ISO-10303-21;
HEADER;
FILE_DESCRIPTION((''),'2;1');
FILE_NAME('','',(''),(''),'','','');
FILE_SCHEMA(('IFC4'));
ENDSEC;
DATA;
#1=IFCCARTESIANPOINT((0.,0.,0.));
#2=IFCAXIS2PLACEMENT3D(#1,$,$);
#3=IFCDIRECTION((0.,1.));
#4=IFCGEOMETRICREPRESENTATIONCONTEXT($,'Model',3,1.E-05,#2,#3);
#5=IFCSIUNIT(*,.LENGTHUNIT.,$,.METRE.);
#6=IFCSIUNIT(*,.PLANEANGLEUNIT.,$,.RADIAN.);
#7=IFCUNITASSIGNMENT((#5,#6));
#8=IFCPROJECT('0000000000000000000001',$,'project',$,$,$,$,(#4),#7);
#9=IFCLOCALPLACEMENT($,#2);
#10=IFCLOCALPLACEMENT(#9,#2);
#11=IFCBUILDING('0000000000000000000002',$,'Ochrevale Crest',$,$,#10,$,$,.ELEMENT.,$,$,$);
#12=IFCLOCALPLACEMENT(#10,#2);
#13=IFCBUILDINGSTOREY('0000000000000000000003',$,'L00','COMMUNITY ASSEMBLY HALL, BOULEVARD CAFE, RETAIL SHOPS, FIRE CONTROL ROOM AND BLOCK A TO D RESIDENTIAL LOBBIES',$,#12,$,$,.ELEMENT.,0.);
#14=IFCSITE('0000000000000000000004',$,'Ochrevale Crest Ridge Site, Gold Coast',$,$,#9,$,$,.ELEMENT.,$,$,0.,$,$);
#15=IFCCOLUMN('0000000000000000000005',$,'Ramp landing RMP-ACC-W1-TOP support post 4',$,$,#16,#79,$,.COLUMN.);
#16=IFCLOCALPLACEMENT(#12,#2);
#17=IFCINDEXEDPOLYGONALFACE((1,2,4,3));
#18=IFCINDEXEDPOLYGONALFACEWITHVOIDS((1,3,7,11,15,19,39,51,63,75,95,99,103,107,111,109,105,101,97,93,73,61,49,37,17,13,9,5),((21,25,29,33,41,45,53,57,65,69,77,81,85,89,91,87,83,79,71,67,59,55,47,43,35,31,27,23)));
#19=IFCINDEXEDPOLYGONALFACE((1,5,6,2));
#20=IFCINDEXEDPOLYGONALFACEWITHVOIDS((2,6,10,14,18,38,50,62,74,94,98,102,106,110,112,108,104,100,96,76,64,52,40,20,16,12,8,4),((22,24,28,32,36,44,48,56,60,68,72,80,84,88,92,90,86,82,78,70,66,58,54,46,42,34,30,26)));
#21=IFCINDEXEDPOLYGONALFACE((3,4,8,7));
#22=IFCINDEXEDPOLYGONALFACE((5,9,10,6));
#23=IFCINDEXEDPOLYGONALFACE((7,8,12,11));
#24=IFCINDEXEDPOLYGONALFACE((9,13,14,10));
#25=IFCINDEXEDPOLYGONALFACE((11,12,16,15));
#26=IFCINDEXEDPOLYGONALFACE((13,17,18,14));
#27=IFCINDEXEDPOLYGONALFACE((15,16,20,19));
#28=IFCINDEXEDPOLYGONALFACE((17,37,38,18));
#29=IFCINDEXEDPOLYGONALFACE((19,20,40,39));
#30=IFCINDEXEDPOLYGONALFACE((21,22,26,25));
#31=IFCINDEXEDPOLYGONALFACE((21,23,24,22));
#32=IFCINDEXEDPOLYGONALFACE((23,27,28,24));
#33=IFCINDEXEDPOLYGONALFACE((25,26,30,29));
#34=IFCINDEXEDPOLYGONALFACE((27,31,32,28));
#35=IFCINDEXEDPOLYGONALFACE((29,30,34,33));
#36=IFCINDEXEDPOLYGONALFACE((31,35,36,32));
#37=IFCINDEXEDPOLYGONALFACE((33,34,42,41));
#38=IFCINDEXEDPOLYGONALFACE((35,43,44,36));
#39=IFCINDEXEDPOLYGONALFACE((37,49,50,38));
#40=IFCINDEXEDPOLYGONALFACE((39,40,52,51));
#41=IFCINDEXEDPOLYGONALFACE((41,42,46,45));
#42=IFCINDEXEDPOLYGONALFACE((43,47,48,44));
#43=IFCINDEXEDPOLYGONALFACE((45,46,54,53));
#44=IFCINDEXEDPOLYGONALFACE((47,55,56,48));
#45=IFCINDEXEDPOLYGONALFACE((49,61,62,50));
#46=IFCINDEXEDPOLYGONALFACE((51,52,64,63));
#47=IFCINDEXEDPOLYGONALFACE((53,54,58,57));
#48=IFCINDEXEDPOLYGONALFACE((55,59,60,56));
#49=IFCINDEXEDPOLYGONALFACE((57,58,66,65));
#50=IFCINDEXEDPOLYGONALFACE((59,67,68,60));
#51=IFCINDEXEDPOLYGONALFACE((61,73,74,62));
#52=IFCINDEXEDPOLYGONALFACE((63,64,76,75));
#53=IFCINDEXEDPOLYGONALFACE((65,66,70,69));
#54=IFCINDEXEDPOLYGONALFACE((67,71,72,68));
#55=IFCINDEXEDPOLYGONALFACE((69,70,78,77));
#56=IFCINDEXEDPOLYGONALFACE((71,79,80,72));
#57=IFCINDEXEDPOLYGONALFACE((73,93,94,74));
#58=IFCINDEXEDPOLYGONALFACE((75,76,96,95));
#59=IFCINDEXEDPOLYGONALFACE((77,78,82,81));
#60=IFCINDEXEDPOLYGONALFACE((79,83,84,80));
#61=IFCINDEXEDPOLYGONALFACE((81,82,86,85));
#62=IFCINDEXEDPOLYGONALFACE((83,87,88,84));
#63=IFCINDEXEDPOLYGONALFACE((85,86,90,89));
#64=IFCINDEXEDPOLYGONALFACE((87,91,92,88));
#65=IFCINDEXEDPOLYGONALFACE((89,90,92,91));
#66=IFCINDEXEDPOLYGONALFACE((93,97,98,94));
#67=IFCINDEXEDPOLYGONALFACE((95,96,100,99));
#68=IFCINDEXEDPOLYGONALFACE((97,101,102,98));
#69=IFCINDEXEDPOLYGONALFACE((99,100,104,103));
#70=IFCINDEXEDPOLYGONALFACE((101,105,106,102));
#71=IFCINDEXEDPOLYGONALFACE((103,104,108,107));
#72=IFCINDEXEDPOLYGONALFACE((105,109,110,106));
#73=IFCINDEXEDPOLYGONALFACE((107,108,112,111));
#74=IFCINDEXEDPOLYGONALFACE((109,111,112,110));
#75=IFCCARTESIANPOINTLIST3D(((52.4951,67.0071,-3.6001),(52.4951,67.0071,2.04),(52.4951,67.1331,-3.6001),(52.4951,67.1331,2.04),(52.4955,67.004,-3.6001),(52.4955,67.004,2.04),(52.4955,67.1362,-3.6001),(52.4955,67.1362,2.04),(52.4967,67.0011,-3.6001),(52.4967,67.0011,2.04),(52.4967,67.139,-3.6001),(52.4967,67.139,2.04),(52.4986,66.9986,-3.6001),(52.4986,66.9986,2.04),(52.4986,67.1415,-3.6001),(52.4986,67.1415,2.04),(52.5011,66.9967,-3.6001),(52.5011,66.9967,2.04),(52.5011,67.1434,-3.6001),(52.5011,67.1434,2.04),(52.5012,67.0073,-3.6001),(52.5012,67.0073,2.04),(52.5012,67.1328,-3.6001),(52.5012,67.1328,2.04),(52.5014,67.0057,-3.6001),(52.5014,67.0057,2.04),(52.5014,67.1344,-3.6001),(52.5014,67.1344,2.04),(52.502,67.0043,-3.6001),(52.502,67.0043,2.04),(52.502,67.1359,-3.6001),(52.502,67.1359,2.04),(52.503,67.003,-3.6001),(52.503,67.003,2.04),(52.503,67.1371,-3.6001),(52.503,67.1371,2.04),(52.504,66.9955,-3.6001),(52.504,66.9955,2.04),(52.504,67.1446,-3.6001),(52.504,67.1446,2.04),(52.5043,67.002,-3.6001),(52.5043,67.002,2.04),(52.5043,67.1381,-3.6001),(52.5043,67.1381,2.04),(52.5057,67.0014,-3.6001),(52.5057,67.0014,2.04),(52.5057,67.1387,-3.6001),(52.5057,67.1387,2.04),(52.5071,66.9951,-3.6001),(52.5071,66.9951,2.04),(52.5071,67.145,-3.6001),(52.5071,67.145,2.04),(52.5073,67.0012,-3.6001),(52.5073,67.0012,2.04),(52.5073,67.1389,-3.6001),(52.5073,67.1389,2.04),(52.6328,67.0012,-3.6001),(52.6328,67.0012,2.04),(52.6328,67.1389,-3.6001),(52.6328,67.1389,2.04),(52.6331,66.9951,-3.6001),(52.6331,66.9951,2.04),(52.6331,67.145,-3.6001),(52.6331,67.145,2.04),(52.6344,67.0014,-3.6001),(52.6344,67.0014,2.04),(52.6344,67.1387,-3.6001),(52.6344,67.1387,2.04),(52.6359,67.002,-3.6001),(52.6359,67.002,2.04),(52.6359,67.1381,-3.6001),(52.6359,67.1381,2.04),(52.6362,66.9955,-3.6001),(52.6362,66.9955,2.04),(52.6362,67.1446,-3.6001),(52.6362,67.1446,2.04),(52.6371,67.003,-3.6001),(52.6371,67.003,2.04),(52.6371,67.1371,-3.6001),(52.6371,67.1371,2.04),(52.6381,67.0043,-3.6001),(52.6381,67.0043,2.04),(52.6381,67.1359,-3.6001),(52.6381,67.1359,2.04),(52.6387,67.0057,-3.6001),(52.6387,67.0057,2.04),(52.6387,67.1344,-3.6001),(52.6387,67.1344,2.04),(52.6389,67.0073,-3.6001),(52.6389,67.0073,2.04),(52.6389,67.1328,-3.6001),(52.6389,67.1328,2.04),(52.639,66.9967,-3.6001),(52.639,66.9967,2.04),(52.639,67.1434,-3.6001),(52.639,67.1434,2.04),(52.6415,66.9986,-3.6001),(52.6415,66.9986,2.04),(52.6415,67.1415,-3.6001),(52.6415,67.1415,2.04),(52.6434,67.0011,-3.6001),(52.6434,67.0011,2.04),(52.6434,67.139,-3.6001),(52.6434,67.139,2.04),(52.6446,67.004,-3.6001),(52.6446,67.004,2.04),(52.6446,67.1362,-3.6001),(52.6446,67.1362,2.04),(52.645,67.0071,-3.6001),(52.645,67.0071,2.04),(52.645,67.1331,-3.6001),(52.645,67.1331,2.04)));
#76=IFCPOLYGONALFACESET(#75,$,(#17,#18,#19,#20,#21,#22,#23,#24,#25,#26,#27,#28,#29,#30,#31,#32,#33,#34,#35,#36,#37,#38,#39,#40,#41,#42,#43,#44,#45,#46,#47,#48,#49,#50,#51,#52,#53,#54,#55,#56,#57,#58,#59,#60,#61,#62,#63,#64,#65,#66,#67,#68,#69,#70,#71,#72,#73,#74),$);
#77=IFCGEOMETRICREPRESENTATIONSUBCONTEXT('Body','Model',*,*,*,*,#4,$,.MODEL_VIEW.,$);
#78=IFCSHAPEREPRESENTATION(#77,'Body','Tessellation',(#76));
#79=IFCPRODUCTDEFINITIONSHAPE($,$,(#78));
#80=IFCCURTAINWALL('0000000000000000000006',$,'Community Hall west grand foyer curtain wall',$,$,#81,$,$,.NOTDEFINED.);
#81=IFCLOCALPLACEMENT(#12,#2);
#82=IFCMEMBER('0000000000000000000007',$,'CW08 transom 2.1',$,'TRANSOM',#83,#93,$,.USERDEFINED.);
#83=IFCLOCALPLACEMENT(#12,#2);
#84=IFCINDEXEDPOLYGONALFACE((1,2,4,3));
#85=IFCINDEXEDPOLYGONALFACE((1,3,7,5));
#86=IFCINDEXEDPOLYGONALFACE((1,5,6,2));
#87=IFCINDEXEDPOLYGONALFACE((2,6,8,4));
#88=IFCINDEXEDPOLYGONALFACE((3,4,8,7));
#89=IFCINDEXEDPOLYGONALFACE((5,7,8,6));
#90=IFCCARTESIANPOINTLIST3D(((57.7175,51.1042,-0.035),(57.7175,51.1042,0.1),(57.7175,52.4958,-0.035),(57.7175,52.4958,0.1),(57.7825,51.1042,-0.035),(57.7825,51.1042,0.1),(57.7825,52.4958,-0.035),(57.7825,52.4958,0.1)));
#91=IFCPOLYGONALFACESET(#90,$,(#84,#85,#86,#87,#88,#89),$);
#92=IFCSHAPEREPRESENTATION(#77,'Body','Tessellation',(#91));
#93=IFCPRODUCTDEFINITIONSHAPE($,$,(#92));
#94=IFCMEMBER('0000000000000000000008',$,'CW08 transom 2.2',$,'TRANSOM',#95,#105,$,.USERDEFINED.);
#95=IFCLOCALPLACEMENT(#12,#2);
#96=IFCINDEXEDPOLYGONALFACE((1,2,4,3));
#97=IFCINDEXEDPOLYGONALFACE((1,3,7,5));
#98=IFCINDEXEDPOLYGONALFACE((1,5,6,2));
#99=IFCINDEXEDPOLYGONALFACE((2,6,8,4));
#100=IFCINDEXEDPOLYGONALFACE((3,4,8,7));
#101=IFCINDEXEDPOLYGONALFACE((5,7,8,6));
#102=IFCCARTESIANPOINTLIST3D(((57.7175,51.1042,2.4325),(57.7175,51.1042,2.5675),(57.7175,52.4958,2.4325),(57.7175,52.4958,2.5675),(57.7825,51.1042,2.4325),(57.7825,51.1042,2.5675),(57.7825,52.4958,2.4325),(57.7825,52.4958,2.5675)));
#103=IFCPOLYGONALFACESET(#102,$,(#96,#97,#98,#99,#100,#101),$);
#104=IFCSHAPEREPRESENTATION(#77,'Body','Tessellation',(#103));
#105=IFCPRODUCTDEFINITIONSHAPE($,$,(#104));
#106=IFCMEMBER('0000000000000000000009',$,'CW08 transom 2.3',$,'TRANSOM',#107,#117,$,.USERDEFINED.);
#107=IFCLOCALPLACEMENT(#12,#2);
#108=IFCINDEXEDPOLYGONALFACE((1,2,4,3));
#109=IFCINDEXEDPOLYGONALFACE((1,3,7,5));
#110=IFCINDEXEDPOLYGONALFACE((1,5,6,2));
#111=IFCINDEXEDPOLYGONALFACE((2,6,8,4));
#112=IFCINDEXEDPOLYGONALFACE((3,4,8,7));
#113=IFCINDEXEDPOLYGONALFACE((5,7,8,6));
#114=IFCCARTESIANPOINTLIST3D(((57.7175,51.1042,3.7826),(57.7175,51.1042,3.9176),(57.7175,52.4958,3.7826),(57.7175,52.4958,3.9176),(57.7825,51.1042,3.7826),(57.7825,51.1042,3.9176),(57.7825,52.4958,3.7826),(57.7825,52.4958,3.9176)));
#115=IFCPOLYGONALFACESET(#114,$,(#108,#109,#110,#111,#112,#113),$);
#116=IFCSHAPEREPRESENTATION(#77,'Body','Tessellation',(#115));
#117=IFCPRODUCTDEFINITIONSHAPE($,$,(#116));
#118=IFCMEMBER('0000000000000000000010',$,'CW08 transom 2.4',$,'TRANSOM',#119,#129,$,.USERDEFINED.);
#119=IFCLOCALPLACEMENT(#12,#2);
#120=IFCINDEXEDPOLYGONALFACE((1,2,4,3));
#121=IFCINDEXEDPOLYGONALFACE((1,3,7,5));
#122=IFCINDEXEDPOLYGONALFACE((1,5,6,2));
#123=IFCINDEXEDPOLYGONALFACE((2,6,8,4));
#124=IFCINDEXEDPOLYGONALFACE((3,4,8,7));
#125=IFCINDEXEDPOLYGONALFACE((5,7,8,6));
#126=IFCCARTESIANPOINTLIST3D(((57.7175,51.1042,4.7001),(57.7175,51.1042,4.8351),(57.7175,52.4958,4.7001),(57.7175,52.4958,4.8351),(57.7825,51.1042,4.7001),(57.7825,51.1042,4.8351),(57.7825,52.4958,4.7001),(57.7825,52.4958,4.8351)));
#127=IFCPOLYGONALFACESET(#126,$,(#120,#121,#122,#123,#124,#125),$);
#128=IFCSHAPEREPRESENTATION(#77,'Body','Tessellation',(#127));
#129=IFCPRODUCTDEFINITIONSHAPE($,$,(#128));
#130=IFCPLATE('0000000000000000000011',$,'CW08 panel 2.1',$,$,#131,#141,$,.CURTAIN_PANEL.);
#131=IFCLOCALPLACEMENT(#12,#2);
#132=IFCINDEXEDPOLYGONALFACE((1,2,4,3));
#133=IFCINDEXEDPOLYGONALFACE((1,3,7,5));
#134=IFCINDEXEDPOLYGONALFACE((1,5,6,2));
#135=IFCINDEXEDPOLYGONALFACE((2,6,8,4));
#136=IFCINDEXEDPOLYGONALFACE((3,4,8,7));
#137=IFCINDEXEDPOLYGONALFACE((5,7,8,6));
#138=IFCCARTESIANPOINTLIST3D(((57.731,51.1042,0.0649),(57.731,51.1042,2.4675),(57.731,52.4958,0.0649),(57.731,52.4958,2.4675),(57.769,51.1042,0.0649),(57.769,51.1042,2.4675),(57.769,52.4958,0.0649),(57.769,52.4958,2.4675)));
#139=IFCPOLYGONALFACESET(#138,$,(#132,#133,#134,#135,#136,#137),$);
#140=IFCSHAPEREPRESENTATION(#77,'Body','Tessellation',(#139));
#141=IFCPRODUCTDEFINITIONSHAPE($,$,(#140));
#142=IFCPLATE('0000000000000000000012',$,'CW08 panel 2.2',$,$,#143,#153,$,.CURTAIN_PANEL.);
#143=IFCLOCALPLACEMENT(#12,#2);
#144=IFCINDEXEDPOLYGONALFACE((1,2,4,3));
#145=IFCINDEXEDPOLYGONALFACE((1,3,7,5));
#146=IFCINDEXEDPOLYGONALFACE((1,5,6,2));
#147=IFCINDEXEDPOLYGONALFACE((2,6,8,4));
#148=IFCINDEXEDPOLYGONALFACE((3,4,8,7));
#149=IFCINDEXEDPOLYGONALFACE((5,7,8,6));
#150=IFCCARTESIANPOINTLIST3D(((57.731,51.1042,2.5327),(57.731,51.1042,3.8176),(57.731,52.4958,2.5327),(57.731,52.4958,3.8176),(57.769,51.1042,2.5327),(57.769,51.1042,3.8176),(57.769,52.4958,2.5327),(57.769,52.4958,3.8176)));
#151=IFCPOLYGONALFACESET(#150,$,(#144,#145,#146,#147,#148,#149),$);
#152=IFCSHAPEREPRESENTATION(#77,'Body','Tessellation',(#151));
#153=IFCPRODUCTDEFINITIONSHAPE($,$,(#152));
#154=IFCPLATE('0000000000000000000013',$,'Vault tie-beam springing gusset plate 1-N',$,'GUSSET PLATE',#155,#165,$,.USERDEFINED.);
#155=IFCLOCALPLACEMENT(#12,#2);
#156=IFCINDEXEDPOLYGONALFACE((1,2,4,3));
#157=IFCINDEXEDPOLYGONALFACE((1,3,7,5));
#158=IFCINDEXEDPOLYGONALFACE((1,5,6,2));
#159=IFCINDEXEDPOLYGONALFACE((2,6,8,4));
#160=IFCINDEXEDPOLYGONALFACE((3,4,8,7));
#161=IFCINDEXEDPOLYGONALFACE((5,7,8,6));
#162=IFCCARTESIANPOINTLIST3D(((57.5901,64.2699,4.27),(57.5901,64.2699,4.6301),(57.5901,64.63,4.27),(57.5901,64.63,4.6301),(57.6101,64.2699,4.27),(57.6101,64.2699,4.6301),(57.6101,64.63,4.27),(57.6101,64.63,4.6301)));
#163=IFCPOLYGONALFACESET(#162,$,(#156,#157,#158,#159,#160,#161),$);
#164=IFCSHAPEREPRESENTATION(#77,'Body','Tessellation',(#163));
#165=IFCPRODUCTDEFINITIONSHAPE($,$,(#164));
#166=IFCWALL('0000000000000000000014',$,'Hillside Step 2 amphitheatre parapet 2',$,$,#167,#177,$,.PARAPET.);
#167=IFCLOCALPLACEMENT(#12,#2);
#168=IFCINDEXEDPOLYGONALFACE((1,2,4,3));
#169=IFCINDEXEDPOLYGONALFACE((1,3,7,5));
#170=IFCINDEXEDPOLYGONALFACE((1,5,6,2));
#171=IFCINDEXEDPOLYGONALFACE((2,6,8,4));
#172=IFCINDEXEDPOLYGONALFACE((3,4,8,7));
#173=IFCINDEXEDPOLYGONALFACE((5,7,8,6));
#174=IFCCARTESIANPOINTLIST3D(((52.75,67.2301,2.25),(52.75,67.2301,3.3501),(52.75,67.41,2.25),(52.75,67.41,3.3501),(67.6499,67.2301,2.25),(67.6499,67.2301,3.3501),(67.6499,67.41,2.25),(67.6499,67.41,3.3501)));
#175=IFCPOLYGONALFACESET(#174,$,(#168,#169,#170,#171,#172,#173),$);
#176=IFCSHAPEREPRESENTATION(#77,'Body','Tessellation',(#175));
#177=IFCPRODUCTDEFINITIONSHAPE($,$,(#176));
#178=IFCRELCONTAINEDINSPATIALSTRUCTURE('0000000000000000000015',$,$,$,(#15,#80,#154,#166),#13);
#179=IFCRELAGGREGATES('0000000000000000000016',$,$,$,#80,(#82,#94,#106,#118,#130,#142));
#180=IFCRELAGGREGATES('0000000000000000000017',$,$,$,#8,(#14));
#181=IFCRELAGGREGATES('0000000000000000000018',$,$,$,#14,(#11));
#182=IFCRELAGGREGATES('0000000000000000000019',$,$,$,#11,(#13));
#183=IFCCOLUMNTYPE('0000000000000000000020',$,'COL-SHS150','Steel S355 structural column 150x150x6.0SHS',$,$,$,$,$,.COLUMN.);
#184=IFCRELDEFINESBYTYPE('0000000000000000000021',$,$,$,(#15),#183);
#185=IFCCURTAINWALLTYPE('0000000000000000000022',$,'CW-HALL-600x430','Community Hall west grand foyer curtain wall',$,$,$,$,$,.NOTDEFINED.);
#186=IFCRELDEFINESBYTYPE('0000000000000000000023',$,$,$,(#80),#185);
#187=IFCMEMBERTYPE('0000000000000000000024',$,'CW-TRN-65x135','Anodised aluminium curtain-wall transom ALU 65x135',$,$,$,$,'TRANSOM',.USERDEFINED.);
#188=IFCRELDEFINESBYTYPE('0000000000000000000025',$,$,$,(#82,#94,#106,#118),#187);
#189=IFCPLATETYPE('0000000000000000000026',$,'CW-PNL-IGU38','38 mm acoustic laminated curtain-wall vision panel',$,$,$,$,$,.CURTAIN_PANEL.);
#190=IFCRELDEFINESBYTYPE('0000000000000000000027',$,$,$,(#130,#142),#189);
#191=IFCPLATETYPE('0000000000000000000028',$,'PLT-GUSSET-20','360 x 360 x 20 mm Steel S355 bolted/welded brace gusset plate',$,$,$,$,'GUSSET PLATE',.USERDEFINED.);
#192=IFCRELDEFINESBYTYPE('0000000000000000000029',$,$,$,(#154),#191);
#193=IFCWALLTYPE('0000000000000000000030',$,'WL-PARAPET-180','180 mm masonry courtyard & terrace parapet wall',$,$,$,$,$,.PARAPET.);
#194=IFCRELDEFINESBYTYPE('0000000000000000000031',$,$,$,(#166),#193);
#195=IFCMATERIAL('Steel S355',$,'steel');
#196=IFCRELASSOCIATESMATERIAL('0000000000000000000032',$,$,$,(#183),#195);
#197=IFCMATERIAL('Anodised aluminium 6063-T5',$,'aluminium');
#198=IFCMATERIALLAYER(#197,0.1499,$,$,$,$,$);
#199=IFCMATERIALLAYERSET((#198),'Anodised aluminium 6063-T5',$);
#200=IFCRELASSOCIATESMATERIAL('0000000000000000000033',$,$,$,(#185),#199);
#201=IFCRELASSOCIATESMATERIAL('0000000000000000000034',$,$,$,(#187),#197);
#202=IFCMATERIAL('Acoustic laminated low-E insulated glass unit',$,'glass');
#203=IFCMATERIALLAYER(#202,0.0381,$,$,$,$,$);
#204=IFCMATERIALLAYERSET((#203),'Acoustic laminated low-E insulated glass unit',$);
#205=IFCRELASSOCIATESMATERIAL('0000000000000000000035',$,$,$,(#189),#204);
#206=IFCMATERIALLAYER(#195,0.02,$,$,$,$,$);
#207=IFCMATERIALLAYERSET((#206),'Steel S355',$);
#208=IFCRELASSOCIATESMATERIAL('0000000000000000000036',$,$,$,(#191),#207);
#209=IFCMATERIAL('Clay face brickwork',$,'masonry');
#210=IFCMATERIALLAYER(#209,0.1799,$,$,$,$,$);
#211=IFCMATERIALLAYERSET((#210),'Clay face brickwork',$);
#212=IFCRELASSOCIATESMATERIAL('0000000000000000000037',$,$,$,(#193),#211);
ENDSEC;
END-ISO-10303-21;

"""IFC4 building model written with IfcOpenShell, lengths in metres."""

from ifc_helpers import new_model, si_unit, direction, frame, frame_2d, origin, origin_2d, place, context, subcontext, project, spatial, rectangle, hollow_rectangle, extrude, material, layer, layer_set, material_profile, profile_set, type_object, element, aggregate, save


model = new_model("IFC4")

# Units and contexts
model_context = context("Model", 3, precision=1e-05, world=origin(), true_north=direction((0.0, 1.0)))
body_context = subcontext(model_context, "Body", "Model", "MODEL_VIEW")
ifc_project = project(units=[si_unit("LENGTHUNIT", "METRE"), si_unit("PLANEANGLEUNIT", "RADIAN")], contexts=[model_context])

# Site, building, storey
site_placement = place(None, origin())
site = spatial("IfcSite", under=ifc_project, at=site_placement, Name="Ochrevale Crest Ridge Site, Gold Coast", CompositionType="ELEMENT", RefElevation=0.0)
building_placement = place(site_placement, origin())
building = spatial("IfcBuilding", under=site, at=building_placement, Name="Ochrevale Crest", CompositionType="ELEMENT")
storey_placement = place(building_placement, origin())
storey = spatial("IfcBuildingStorey", under=building, at=storey_placement, Name="L00", Description="COMMUNITY ASSEMBLY HALL, BOULEVARD CAFE, RETAIL SHOPS, FIRE CONTROL ROOM AND BLOCK A TO D RESIDENTIAL LOBBIES", CompositionType="ELEMENT", Elevation=0.0)

# Column
ifc_material_1 = material(Name="Steel S355", Category="steel")
ifc_material_profile_1 = material_profile(ifc_material_1, hollow_rectangle(XDim=0.1499, YDim=0.1499, WallThickness=0.0061, InnerFilletRadius=0.0061, OuterFilletRadius=0.012, at=origin_2d()), Name="150x150x6.0SHS")
ifc_profile_set_1 = profile_set([ifc_material_profile_1], Name="Steel S355")
column_type_1 = type_object("IfcColumnType", Name="COL-SHS150", Description="Steel S355 structural column 150x150x6.0SHS", PredefinedType="COLUMN", material=ifc_profile_set_1)
for number, where, z_axis, x_axis, name in (
    (1, (52.5701, 67.0701, -3.6001), (0.0, 0.0, 1.0), (1.0, 0.0, 0.0), "Ramp landing RMP-ACC-W1-TOP support post 4"),
):
    element("IfcColumn", number, at=place(storey_placement, frame(where, z_axis=z_axis, x_axis=x_axis)), inside=storey, type_object=column_type_1, Name=name, PredefinedType="COLUMN", context=body_context, shape_type="SweptSolid", body=[
        extrude(hollow_rectangle(XDim=0.1499, YDim=0.1499, WallThickness=0.0061, InnerFilletRadius=0.0061, OuterFilletRadius=0.012, at=origin_2d()), origin(), (0.0, 0.0, 1.0), 5.6401),
    ])

# Curtain wall, members, plates
ifc_material_2 = material(Name="Anodised aluminium 6063-T5", Category="aluminium")
ifc_layer_1 = layer(ifc_material_2, 0.1499)
ifc_layer_set_1 = layer_set([ifc_layer_1], Name="Anodised aluminium 6063-T5")
curtain_wall_type = type_object("IfcCurtainWallType", Name="CW-HALL-600x430", Description="Community Hall west grand foyer curtain wall", PredefinedType="NOTDEFINED", material=ifc_layer_set_1)
curtain_wall_placement = place(storey_placement, origin())
curtain_wall = element("IfcCurtainWall", 2, at=curtain_wall_placement, inside=storey, type_object=curtain_wall_type, Name="Community Hall west grand foyer curtain wall", PredefinedType="NOTDEFINED")
ifc_material_profile_2 = material_profile(ifc_material_2, rectangle(XDim=0.0649, YDim=0.135, at=origin_2d()), Name="ALU 65x135")
ifc_profile_set_2 = profile_set([ifc_material_profile_2], Name="Anodised aluminium 6063-T5")
member_type = type_object("IfcMemberType", Name="CW-TRN-65x135", Description="Anodised aluminium curtain-wall transom ALU 65x135", ElementType="TRANSOM", PredefinedType="USERDEFINED", material=ifc_profile_set_2)
member_1_placement = place(storey_placement, frame((57.75, 51.1042, 0.0325), z_axis=(0.0, 1.0, 0.0), x_axis=(-1.0, 0.0, 0.0)))
member_1 = element("IfcMember", 3, at=member_1_placement, type_object=member_type, Name="CW08 transom 2.1", ObjectType="TRANSOM", PredefinedType="USERDEFINED", context=body_context, shape_type="SweptSolid", body=[
    extrude(rectangle(XDim=0.0649, YDim=0.135, at=origin_2d()), origin(), (0.0, 0.0, 1.0), 1.3916),
])
member_2_placement = place(storey_placement, frame((57.75, 51.1042, 2.5), z_axis=(0.0, 1.0, 0.0), x_axis=(-1.0, 0.0, 0.0)))
member_2 = element("IfcMember", 4, at=member_2_placement, type_object=member_type, Name="CW08 transom 2.2", ObjectType="TRANSOM", PredefinedType="USERDEFINED", context=body_context, shape_type="SweptSolid", body=[
    extrude(rectangle(XDim=0.0649, YDim=0.135, at=origin_2d()), origin(), (0.0, 0.0, 1.0), 1.3916),
])
member_3_placement = place(storey_placement, frame((57.75, 51.1042, 3.8501), z_axis=(0.0, 1.0, 0.0), x_axis=(-1.0, 0.0, 0.0)))
member_3 = element("IfcMember", 5, at=member_3_placement, type_object=member_type, Name="CW08 transom 2.3", ObjectType="TRANSOM", PredefinedType="USERDEFINED", context=body_context, shape_type="SweptSolid", body=[
    extrude(rectangle(XDim=0.0649, YDim=0.135, at=origin_2d()), origin(), (0.0, 0.0, 1.0), 1.3916),
])
member_4_placement = place(storey_placement, frame((57.75, 51.1042, 4.7676), z_axis=(0.0, 1.0, 0.0), x_axis=(-1.0, 0.0, 0.0)))
member_4 = element("IfcMember", 6, at=member_4_placement, type_object=member_type, Name="CW08 transom 2.4", ObjectType="TRANSOM", PredefinedType="USERDEFINED", context=body_context, shape_type="SweptSolid", body=[
    extrude(rectangle(XDim=0.0649, YDim=0.135, at=origin_2d()), origin(), (0.0, 0.0, 1.0), 1.3916),
])
ifc_material_3 = material(Name="Acoustic laminated low-E insulated glass unit", Category="glass")
ifc_layer_2 = layer(ifc_material_3, 0.0381)
ifc_layer_set_2 = layer_set([ifc_layer_2], Name="Acoustic laminated low-E insulated glass unit")
plate_type_1 = type_object("IfcPlateType", Name="CW-PNL-IGU38", Description="38 mm acoustic laminated curtain-wall vision panel", PredefinedType="CURTAIN_PANEL", material=ifc_layer_set_2)
plate_1_placement = place(storey_placement, frame((57.75, 51.8, 0.0649), z_axis=(0.0, 0.0, 1.0), x_axis=(0.0, 1.0, 0.0)))
plate_1 = element("IfcPlate", 7, at=plate_1_placement, type_object=plate_type_1, Name="CW08 panel 2.1", PredefinedType="CURTAIN_PANEL", context=body_context, shape_type="SweptSolid", body=[
    extrude(rectangle(XDim=1.3916, YDim=0.0381, at=origin_2d()), origin(), (0.0, 0.0, 1.0), 2.4026),
])
plate_2_placement = place(storey_placement, frame((57.75, 51.8, 2.5327), z_axis=(0.0, 0.0, 1.0), x_axis=(0.0, 1.0, 0.0)))
plate_2 = element("IfcPlate", 8, at=plate_2_placement, type_object=plate_type_1, Name="CW08 panel 2.2", PredefinedType="CURTAIN_PANEL", context=body_context, shape_type="SweptSolid", body=[
    extrude(rectangle(XDim=1.3916, YDim=0.0381, at=origin_2d()), origin(), (0.0, 0.0, 1.0), 1.2849),
])
aggregate(curtain_wall, [member_1, member_2, member_3, member_4, plate_1, plate_2])

# Plate
ifc_layer_3 = layer(ifc_material_1, 0.02)
ifc_layer_set_3 = layer_set([ifc_layer_3], Name="Steel S355")
plate_type_2 = type_object("IfcPlateType", Name="PLT-GUSSET-20", Description="360 x 360 x 20 mm Steel S355 bolted/welded brace gusset plate", ElementType="GUSSET PLATE", PredefinedType="USERDEFINED", material=ifc_layer_set_3)
plate_3_placement = place(storey_placement, frame((57.6001, 64.45, 4.27), z_axis=(0.0, 0.0, 1.0), x_axis=(1.0, 0.0, 0.0)))
element("IfcPlate", 9, at=plate_3_placement, inside=storey, type_object=plate_type_2, Name="Vault tie-beam springing gusset plate 1-N", ObjectType="GUSSET PLATE", PredefinedType="USERDEFINED", context=body_context, shape_type="SweptSolid", body=[
    extrude(rectangle(XDim=0.02, YDim=0.3601, at=origin_2d()), origin(), (0.0, 0.0, 1.0), 0.3601),
])

# Wall
ifc_material_4 = material(Name="Clay face brickwork", Category="masonry")
ifc_layer_4 = layer(ifc_material_4, 0.1799)
ifc_layer_set_4 = layer_set([ifc_layer_4], Name="Clay face brickwork")
wall_type_1 = type_object("IfcWallType", Name="WL-PARAPET-180", Description="180 mm masonry courtyard & terrace parapet wall", PredefinedType="PARAPET", material=ifc_layer_set_4)
wall_1_placement = place(storey_placement, frame((52.75, 67.3201, 2.25), z_axis=(0.0, 0.0, 1.0), x_axis=(1.0, 0.0, 0.0)))
element("IfcWall", 10, at=wall_1_placement, inside=storey, type_object=wall_type_1, Name="Hillside Step 2 amphitheatre parapet 2", PredefinedType="PARAPET", context=body_context, shape_type="SweptSolid", body=[
    extrude(rectangle(XDim=14.8999, YDim=0.1799, at=frame_2d((7.45, 0.0))), origin(), (0.0, 0.0, 1.0), 1.1001),
])

save(model, "model.ifc")
